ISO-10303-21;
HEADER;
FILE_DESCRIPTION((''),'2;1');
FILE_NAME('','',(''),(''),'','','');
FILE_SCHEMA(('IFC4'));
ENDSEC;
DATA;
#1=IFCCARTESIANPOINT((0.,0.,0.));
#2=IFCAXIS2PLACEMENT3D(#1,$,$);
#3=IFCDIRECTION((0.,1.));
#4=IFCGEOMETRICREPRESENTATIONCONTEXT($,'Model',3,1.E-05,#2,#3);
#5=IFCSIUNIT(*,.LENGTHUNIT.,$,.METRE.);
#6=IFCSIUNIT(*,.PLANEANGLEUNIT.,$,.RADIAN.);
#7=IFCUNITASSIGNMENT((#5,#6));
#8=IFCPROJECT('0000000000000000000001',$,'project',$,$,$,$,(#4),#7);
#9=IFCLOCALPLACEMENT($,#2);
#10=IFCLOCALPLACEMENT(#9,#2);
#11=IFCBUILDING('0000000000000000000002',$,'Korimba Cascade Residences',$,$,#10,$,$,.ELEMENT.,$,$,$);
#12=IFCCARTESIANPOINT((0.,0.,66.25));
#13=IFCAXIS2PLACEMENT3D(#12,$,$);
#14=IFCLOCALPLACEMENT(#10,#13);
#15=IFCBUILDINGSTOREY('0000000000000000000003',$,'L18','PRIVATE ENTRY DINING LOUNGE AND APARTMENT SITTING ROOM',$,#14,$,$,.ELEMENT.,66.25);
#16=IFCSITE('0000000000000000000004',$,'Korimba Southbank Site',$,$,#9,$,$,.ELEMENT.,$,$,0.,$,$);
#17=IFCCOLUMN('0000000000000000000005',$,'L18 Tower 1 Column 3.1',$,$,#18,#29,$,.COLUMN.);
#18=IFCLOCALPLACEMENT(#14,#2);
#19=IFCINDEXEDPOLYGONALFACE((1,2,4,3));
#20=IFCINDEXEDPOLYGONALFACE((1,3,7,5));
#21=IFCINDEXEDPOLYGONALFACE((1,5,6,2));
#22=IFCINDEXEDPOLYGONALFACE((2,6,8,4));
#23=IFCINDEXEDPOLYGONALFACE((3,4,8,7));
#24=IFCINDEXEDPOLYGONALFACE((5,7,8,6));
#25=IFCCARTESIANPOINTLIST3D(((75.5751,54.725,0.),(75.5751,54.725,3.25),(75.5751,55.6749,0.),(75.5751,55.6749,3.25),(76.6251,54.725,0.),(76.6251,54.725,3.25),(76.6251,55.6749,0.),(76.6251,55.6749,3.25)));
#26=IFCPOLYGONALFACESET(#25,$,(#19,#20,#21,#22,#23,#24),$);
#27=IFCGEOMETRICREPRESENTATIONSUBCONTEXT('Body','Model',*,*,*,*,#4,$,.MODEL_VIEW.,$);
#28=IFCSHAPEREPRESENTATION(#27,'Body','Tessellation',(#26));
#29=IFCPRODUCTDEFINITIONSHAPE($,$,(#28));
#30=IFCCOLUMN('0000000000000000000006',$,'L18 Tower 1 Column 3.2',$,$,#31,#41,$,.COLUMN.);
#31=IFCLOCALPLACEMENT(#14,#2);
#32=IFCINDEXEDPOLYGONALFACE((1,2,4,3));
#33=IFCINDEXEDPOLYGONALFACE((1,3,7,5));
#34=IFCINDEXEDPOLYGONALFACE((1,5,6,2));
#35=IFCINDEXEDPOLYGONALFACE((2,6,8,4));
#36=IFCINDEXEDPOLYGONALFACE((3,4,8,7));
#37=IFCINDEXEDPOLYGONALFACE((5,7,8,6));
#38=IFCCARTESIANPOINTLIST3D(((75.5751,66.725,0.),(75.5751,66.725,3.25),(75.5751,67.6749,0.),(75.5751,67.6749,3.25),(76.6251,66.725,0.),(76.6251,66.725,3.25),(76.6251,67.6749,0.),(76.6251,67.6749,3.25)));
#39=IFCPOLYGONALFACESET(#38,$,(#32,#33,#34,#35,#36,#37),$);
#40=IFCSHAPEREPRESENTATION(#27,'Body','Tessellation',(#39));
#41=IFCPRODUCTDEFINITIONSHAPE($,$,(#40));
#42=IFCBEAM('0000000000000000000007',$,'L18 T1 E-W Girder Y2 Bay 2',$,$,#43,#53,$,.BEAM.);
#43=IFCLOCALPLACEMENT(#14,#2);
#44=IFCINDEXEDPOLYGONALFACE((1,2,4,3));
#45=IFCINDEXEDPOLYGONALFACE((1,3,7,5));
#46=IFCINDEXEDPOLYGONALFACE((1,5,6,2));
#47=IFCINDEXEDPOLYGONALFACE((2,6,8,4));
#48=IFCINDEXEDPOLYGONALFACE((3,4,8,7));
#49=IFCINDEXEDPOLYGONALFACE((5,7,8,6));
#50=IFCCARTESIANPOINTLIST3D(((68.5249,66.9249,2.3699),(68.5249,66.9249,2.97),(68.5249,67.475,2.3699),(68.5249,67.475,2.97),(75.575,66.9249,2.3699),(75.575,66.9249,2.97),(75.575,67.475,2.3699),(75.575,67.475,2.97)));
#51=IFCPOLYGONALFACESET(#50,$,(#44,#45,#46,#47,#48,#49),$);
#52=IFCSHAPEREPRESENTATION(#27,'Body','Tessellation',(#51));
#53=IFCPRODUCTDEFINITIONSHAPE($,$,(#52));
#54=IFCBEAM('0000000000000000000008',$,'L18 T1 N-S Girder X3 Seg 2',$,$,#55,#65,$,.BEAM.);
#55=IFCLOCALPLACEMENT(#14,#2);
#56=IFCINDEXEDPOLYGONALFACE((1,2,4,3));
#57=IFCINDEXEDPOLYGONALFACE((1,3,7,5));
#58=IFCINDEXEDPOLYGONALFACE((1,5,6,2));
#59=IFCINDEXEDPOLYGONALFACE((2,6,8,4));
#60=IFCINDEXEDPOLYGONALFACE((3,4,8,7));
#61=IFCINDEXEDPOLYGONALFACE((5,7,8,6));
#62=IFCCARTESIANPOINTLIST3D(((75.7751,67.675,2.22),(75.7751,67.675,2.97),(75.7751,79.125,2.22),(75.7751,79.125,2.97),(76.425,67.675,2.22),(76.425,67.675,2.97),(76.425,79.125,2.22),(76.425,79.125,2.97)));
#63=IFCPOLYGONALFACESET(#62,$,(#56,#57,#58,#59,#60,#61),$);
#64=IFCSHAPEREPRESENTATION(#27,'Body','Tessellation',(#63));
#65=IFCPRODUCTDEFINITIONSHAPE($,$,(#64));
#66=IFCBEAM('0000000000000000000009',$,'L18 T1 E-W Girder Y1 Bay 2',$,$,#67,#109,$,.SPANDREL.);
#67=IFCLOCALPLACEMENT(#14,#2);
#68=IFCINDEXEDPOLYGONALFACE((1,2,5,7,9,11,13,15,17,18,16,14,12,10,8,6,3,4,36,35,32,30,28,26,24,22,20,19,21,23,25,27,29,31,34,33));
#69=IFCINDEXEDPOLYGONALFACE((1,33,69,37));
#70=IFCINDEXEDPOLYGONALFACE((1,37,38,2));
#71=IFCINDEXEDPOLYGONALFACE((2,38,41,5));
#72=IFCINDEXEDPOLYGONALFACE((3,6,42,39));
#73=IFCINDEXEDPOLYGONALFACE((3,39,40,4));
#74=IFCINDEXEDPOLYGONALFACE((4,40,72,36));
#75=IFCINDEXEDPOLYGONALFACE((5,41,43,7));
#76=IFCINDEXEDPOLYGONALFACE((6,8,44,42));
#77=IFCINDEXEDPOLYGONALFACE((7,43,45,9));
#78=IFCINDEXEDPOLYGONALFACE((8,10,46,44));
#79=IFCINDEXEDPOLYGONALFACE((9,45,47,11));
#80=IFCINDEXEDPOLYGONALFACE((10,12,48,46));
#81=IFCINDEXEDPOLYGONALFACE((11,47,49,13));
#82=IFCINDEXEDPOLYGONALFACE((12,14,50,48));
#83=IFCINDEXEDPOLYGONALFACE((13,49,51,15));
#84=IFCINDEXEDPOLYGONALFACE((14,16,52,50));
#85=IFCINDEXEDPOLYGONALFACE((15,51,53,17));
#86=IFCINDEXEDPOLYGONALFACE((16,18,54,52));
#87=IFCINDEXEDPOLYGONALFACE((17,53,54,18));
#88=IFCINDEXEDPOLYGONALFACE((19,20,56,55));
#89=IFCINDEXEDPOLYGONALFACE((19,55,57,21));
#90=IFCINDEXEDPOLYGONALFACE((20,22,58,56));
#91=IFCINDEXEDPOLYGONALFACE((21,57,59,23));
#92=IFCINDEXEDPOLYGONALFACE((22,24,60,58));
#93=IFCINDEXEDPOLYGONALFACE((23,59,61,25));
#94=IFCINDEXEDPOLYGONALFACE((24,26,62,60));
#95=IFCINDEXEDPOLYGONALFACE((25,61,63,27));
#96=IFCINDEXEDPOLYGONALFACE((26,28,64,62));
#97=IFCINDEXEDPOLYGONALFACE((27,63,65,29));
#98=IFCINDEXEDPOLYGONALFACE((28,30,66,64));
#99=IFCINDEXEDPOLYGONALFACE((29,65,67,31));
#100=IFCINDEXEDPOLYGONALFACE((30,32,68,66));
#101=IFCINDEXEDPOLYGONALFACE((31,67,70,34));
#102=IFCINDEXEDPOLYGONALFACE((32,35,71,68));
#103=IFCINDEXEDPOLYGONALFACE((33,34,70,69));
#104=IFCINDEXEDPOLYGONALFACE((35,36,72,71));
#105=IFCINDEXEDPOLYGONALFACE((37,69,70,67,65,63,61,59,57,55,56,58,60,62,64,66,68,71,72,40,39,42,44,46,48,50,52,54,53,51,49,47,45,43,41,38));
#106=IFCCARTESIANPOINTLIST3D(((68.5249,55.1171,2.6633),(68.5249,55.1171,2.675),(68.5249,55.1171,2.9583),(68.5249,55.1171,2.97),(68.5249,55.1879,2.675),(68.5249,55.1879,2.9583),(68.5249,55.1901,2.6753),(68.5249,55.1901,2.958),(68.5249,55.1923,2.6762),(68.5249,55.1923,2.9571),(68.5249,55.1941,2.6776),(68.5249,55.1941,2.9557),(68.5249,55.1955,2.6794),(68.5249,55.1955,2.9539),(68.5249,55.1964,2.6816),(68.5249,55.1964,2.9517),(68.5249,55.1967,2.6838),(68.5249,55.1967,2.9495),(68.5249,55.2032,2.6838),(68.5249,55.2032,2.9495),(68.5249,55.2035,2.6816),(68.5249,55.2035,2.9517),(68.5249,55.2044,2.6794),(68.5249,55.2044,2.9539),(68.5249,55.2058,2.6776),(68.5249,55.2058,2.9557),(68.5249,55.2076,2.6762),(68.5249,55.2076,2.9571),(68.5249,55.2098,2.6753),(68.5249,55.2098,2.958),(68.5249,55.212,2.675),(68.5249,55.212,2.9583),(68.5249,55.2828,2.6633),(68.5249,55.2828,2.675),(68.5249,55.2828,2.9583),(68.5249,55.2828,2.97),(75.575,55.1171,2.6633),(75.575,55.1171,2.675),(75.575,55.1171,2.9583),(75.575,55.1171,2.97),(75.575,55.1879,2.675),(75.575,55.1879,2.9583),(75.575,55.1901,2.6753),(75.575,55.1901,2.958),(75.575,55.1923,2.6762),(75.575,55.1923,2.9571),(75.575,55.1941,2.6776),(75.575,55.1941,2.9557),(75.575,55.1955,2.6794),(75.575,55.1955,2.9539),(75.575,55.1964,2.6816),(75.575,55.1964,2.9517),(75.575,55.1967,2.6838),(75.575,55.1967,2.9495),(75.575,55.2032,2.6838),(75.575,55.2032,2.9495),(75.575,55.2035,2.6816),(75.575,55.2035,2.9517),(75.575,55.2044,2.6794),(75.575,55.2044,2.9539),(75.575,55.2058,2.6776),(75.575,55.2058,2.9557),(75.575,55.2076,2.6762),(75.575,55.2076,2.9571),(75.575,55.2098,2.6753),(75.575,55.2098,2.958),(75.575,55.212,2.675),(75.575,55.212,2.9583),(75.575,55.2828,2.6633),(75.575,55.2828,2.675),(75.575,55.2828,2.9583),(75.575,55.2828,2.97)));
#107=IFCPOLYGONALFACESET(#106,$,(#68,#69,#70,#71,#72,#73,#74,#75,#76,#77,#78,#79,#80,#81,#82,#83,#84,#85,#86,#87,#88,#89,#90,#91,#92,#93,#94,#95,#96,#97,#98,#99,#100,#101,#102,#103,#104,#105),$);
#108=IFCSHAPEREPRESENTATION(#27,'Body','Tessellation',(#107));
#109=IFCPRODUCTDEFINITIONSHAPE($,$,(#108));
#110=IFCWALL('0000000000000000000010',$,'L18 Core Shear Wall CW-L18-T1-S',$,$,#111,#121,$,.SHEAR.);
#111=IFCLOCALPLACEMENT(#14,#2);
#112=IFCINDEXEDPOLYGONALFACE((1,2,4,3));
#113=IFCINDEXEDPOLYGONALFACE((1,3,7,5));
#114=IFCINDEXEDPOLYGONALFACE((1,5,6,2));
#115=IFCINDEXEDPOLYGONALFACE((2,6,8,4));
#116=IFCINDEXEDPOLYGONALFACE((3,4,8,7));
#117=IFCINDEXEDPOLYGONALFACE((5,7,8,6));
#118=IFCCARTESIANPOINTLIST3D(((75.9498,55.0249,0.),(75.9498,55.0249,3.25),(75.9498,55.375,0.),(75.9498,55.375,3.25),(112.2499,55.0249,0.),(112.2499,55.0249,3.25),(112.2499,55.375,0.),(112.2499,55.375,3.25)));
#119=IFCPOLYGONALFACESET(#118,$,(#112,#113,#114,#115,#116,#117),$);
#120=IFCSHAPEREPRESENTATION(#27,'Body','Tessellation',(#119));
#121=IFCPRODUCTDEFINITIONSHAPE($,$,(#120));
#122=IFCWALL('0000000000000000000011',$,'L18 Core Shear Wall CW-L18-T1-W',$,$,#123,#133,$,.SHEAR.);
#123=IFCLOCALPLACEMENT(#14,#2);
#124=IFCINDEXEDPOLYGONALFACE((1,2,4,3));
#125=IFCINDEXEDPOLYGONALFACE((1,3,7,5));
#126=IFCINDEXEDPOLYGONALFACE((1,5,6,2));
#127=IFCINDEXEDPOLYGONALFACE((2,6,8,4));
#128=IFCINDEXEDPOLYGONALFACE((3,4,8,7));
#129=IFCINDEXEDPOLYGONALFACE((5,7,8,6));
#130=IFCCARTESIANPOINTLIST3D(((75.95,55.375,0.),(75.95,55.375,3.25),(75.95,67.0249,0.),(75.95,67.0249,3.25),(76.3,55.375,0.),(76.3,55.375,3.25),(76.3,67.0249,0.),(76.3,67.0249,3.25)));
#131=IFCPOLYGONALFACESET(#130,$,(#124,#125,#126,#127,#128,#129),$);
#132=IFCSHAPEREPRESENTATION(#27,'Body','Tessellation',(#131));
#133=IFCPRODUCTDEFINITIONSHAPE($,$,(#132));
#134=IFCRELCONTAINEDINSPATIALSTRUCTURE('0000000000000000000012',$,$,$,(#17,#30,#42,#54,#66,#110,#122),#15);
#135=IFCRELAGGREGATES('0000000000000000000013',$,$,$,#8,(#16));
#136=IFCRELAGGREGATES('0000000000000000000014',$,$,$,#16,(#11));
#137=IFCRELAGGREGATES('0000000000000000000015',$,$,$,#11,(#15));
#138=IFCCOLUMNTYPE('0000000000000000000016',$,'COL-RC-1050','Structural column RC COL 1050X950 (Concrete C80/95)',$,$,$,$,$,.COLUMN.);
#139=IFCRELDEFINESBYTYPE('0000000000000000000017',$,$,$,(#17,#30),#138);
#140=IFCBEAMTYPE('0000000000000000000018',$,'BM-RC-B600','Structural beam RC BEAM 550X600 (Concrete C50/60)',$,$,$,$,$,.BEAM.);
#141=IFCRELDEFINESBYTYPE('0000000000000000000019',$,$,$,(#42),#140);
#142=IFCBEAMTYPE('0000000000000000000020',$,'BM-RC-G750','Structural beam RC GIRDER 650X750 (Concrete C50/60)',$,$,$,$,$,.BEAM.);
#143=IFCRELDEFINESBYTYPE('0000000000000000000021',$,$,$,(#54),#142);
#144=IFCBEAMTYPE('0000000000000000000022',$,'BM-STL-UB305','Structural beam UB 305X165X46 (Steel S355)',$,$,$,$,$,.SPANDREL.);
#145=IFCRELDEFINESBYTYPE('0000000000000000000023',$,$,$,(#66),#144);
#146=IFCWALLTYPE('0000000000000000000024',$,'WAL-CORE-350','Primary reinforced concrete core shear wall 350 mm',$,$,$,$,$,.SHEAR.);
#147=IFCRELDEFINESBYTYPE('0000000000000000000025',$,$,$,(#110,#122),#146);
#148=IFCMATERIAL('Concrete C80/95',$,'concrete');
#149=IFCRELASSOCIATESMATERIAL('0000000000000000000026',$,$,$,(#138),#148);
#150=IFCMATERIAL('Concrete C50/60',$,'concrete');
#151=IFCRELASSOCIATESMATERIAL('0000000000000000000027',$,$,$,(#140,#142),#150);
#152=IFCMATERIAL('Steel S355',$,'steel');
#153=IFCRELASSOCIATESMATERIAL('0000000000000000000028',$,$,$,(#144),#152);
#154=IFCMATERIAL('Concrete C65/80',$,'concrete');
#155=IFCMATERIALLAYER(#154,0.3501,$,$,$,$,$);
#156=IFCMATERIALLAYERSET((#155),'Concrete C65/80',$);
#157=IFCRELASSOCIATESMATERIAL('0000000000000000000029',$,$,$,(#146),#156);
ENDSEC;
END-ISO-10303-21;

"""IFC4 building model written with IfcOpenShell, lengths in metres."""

from ifc_helpers import new_model, si_unit, direction, frame, frame_2d, origin, origin_2d, place, context, subcontext, project, spatial, rectangle, i_section, extrude, material, layer, layer_set, material_profile, profile_set, type_object, element, save


model = new_model("IFC4")

# Units and contexts
model_context = context("Model", 3, precision=1e-05, world=origin(), true_north=direction((0.0, 1.0)))
body_context = subcontext(model_context, "Body", "Model", "MODEL_VIEW")
ifc_project = project(units=[si_unit("LENGTHUNIT", "METRE"), si_unit("PLANEANGLEUNIT", "RADIAN")], contexts=[model_context])

# Site, building, storey
site_placement = place(None, origin())
site = spatial("IfcSite", under=ifc_project, at=site_placement, Name="Korimba Southbank Site", CompositionType="ELEMENT", RefElevation=0.0)
building_placement = place(site_placement, origin())
building = spatial("IfcBuilding", under=site, at=building_placement, Name="Korimba Cascade Residences", CompositionType="ELEMENT")
storey_placement = place(building_placement, frame((0.0, 0.0, 66.25)))
storey = spatial("IfcBuildingStorey", under=building, at=storey_placement, Name="L18", Description="PRIVATE ENTRY DINING LOUNGE AND APARTMENT SITTING ROOM", CompositionType="ELEMENT", Elevation=66.25)

# Columns
ifc_material_1 = material(Name="Concrete C80/95", Category="concrete")
ifc_material_profile_1 = material_profile(ifc_material_1, rectangle(XDim=1.05, YDim=0.95, at=origin_2d()), Name="Concrete C80/95")
ifc_profile_set_1 = profile_set([ifc_material_profile_1], Name="Concrete C80/95")
column_type = type_object("IfcColumnType", Name="COL-RC-1050", Description="Structural column RC COL 1050X950 (Concrete C80/95)", PredefinedType="COLUMN", material=ifc_profile_set_1)
for number, where, z_axis, x_axis, name in (
    (1, (76.1001, 55.2, 0.0), (0.0, 0.0, 1.0), (1.0, 0.0, 0.0), "L18 Tower 1 Column 3.1"),
    (2, (76.1001, 67.2, 0.0), (0.0, 0.0, 1.0), (1.0, 0.0, 0.0), "L18 Tower 1 Column 3.2"),
):
    element("IfcColumn", number, at=place(storey_placement, frame(where, z_axis=z_axis, x_axis=x_axis)), inside=storey, type_object=column_type, Name=name, PredefinedType="COLUMN", context=body_context, shape_type="SweptSolid", body=[
        extrude(rectangle(XDim=1.05, YDim=0.95, at=origin_2d()), origin(), (0.0, 0.0, 1.0), 3.25),
    ])

# Beams
ifc_material_2 = material(Name="Concrete C50/60", Category="concrete")
ifc_material_profile_2 = material_profile(ifc_material_2, rectangle(XDim=0.55, YDim=0.6001, at=origin_2d()), Name="Concrete C50/60")
ifc_profile_set_2 = profile_set([ifc_material_profile_2], Name="Concrete C50/60")
beam_type_1 = type_object("IfcBeamType", Name="BM-RC-B600", Description="Structural beam RC BEAM 550X600 (Concrete C50/60)", PredefinedType="BEAM", material=ifc_profile_set_2)
beam_1_placement = place(storey_placement, frame((68.5249, 67.2, 2.6699), z_axis=(1.0, 0.0, 0.0), x_axis=(0.0, 1.0, 0.0)))
element("IfcBeam", 3, at=beam_1_placement, inside=storey, type_object=beam_type_1, Name="L18 T1 E-W Girder Y2 Bay 2", PredefinedType="BEAM", context=body_context, shape_type="SweptSolid", body=[
    extrude(rectangle(XDim=0.55, YDim=0.6001, at=origin_2d()), origin(), (0.0, 0.0, 1.0), 7.05),
])
ifc_material_profile_3 = material_profile(ifc_material_2, rectangle(XDim=0.6499, YDim=0.75, at=origin_2d()), Name="Concrete C50/60")
ifc_profile_set_3 = profile_set([ifc_material_profile_3], Name="Concrete C50/60")
beam_type_2 = type_object("IfcBeamType", Name="BM-RC-G750", Description="Structural beam RC GIRDER 650X750 (Concrete C50/60)", PredefinedType="BEAM", material=ifc_profile_set_3)
beam_2_placement = place(storey_placement, frame((76.1001, 67.675, 2.595), z_axis=(0.0, 1.0, 0.0), x_axis=(-1.0, 0.0, 0.0)))
element("IfcBeam", 4, at=beam_2_placement, inside=storey, type_object=beam_type_2, Name="L18 T1 N-S Girder X3 Seg 2", PredefinedType="BEAM", context=body_context, shape_type="SweptSolid", body=[
    extrude(rectangle(XDim=0.6499, YDim=0.75, at=origin_2d()), origin(), (0.0, 0.0, 1.0), 11.45),
])
ifc_material_3 = material(Name="Steel S355", Category="steel")
ifc_material_profile_4 = material_profile(ifc_material_3, i_section(OverallWidth=0.1658, OverallDepth=0.3066, WebThickness=0.0066, FlangeThickness=0.0117, FilletRadius=0.0088, at=origin_2d()), Name="Steel S355")
ifc_profile_set_4 = profile_set([ifc_material_profile_4], Name="Steel S355")
beam_type_3 = type_object("IfcBeamType", Name="BM-STL-UB305", Description="Structural beam UB 305X165X46 (Steel S355)", PredefinedType="SPANDREL", material=ifc_profile_set_4)
beam_3_placement = place(storey_placement, frame((68.5249, 55.2, 2.8167), z_axis=(1.0, 0.0, 0.0), x_axis=(0.0, 1.0, 0.0)))
element("IfcBeam", 5, at=beam_3_placement, inside=storey, type_object=beam_type_3, Name="L18 T1 E-W Girder Y1 Bay 2", PredefinedType="SPANDREL", context=body_context, shape_type="SweptSolid", body=[
    extrude(i_section(OverallWidth=0.1658, OverallDepth=0.3066, WebThickness=0.0066, FlangeThickness=0.0117, FilletRadius=0.0088, at=origin_2d()), origin(), (0.0, 0.0, 1.0), 7.05),
])

# Walls
ifc_material_4 = material(Name="Concrete C65/80", Category="concrete")
ifc_layer_1 = layer(ifc_material_4, 0.3501)
ifc_layer_set_1 = layer_set([ifc_layer_1], Name="Concrete C65/80")
wall_type_1 = type_object("IfcWallType", Name="WAL-CORE-350", Description="Primary reinforced concrete core shear wall 350 mm", PredefinedType="SHEAR", material=ifc_layer_set_1)
wall_1_placement = place(storey_placement, frame((75.95, 55.2, 0.0), z_axis=(0.0, 0.0, 1.0), x_axis=(1.0, 0.0, 0.0)))
element("IfcWall", 6, at=wall_1_placement, inside=storey, type_object=wall_type_1, Name="L18 Core Shear Wall CW-L18-T1-S", PredefinedType="SHEAR", context=body_context, shape_type="SweptSolid", body=[
    extrude(rectangle(XDim=36.3, YDim=0.3501, at=frame_2d((18.1499, 0.0))), origin(), (0.0, 0.0, 1.0), 3.25),
])
wall_2_placement = place(storey_placement, frame((76.125, 55.375, 0.0), z_axis=(0.0, 0.0, 1.0), x_axis=(0.0, 1.0, 0.0)))
element("IfcWall", 7, at=wall_2_placement, inside=storey, type_object=wall_type_1, Name="L18 Core Shear Wall CW-L18-T1-W", PredefinedType="SHEAR", context=body_context, shape_type="SweptSolid", body=[
    extrude(rectangle(XDim=11.6499, YDim=0.3501, at=frame_2d((5.825, 0.0))), origin(), (0.0, 0.0, 1.0), 3.25),
])

save(model, "model.ifc")
